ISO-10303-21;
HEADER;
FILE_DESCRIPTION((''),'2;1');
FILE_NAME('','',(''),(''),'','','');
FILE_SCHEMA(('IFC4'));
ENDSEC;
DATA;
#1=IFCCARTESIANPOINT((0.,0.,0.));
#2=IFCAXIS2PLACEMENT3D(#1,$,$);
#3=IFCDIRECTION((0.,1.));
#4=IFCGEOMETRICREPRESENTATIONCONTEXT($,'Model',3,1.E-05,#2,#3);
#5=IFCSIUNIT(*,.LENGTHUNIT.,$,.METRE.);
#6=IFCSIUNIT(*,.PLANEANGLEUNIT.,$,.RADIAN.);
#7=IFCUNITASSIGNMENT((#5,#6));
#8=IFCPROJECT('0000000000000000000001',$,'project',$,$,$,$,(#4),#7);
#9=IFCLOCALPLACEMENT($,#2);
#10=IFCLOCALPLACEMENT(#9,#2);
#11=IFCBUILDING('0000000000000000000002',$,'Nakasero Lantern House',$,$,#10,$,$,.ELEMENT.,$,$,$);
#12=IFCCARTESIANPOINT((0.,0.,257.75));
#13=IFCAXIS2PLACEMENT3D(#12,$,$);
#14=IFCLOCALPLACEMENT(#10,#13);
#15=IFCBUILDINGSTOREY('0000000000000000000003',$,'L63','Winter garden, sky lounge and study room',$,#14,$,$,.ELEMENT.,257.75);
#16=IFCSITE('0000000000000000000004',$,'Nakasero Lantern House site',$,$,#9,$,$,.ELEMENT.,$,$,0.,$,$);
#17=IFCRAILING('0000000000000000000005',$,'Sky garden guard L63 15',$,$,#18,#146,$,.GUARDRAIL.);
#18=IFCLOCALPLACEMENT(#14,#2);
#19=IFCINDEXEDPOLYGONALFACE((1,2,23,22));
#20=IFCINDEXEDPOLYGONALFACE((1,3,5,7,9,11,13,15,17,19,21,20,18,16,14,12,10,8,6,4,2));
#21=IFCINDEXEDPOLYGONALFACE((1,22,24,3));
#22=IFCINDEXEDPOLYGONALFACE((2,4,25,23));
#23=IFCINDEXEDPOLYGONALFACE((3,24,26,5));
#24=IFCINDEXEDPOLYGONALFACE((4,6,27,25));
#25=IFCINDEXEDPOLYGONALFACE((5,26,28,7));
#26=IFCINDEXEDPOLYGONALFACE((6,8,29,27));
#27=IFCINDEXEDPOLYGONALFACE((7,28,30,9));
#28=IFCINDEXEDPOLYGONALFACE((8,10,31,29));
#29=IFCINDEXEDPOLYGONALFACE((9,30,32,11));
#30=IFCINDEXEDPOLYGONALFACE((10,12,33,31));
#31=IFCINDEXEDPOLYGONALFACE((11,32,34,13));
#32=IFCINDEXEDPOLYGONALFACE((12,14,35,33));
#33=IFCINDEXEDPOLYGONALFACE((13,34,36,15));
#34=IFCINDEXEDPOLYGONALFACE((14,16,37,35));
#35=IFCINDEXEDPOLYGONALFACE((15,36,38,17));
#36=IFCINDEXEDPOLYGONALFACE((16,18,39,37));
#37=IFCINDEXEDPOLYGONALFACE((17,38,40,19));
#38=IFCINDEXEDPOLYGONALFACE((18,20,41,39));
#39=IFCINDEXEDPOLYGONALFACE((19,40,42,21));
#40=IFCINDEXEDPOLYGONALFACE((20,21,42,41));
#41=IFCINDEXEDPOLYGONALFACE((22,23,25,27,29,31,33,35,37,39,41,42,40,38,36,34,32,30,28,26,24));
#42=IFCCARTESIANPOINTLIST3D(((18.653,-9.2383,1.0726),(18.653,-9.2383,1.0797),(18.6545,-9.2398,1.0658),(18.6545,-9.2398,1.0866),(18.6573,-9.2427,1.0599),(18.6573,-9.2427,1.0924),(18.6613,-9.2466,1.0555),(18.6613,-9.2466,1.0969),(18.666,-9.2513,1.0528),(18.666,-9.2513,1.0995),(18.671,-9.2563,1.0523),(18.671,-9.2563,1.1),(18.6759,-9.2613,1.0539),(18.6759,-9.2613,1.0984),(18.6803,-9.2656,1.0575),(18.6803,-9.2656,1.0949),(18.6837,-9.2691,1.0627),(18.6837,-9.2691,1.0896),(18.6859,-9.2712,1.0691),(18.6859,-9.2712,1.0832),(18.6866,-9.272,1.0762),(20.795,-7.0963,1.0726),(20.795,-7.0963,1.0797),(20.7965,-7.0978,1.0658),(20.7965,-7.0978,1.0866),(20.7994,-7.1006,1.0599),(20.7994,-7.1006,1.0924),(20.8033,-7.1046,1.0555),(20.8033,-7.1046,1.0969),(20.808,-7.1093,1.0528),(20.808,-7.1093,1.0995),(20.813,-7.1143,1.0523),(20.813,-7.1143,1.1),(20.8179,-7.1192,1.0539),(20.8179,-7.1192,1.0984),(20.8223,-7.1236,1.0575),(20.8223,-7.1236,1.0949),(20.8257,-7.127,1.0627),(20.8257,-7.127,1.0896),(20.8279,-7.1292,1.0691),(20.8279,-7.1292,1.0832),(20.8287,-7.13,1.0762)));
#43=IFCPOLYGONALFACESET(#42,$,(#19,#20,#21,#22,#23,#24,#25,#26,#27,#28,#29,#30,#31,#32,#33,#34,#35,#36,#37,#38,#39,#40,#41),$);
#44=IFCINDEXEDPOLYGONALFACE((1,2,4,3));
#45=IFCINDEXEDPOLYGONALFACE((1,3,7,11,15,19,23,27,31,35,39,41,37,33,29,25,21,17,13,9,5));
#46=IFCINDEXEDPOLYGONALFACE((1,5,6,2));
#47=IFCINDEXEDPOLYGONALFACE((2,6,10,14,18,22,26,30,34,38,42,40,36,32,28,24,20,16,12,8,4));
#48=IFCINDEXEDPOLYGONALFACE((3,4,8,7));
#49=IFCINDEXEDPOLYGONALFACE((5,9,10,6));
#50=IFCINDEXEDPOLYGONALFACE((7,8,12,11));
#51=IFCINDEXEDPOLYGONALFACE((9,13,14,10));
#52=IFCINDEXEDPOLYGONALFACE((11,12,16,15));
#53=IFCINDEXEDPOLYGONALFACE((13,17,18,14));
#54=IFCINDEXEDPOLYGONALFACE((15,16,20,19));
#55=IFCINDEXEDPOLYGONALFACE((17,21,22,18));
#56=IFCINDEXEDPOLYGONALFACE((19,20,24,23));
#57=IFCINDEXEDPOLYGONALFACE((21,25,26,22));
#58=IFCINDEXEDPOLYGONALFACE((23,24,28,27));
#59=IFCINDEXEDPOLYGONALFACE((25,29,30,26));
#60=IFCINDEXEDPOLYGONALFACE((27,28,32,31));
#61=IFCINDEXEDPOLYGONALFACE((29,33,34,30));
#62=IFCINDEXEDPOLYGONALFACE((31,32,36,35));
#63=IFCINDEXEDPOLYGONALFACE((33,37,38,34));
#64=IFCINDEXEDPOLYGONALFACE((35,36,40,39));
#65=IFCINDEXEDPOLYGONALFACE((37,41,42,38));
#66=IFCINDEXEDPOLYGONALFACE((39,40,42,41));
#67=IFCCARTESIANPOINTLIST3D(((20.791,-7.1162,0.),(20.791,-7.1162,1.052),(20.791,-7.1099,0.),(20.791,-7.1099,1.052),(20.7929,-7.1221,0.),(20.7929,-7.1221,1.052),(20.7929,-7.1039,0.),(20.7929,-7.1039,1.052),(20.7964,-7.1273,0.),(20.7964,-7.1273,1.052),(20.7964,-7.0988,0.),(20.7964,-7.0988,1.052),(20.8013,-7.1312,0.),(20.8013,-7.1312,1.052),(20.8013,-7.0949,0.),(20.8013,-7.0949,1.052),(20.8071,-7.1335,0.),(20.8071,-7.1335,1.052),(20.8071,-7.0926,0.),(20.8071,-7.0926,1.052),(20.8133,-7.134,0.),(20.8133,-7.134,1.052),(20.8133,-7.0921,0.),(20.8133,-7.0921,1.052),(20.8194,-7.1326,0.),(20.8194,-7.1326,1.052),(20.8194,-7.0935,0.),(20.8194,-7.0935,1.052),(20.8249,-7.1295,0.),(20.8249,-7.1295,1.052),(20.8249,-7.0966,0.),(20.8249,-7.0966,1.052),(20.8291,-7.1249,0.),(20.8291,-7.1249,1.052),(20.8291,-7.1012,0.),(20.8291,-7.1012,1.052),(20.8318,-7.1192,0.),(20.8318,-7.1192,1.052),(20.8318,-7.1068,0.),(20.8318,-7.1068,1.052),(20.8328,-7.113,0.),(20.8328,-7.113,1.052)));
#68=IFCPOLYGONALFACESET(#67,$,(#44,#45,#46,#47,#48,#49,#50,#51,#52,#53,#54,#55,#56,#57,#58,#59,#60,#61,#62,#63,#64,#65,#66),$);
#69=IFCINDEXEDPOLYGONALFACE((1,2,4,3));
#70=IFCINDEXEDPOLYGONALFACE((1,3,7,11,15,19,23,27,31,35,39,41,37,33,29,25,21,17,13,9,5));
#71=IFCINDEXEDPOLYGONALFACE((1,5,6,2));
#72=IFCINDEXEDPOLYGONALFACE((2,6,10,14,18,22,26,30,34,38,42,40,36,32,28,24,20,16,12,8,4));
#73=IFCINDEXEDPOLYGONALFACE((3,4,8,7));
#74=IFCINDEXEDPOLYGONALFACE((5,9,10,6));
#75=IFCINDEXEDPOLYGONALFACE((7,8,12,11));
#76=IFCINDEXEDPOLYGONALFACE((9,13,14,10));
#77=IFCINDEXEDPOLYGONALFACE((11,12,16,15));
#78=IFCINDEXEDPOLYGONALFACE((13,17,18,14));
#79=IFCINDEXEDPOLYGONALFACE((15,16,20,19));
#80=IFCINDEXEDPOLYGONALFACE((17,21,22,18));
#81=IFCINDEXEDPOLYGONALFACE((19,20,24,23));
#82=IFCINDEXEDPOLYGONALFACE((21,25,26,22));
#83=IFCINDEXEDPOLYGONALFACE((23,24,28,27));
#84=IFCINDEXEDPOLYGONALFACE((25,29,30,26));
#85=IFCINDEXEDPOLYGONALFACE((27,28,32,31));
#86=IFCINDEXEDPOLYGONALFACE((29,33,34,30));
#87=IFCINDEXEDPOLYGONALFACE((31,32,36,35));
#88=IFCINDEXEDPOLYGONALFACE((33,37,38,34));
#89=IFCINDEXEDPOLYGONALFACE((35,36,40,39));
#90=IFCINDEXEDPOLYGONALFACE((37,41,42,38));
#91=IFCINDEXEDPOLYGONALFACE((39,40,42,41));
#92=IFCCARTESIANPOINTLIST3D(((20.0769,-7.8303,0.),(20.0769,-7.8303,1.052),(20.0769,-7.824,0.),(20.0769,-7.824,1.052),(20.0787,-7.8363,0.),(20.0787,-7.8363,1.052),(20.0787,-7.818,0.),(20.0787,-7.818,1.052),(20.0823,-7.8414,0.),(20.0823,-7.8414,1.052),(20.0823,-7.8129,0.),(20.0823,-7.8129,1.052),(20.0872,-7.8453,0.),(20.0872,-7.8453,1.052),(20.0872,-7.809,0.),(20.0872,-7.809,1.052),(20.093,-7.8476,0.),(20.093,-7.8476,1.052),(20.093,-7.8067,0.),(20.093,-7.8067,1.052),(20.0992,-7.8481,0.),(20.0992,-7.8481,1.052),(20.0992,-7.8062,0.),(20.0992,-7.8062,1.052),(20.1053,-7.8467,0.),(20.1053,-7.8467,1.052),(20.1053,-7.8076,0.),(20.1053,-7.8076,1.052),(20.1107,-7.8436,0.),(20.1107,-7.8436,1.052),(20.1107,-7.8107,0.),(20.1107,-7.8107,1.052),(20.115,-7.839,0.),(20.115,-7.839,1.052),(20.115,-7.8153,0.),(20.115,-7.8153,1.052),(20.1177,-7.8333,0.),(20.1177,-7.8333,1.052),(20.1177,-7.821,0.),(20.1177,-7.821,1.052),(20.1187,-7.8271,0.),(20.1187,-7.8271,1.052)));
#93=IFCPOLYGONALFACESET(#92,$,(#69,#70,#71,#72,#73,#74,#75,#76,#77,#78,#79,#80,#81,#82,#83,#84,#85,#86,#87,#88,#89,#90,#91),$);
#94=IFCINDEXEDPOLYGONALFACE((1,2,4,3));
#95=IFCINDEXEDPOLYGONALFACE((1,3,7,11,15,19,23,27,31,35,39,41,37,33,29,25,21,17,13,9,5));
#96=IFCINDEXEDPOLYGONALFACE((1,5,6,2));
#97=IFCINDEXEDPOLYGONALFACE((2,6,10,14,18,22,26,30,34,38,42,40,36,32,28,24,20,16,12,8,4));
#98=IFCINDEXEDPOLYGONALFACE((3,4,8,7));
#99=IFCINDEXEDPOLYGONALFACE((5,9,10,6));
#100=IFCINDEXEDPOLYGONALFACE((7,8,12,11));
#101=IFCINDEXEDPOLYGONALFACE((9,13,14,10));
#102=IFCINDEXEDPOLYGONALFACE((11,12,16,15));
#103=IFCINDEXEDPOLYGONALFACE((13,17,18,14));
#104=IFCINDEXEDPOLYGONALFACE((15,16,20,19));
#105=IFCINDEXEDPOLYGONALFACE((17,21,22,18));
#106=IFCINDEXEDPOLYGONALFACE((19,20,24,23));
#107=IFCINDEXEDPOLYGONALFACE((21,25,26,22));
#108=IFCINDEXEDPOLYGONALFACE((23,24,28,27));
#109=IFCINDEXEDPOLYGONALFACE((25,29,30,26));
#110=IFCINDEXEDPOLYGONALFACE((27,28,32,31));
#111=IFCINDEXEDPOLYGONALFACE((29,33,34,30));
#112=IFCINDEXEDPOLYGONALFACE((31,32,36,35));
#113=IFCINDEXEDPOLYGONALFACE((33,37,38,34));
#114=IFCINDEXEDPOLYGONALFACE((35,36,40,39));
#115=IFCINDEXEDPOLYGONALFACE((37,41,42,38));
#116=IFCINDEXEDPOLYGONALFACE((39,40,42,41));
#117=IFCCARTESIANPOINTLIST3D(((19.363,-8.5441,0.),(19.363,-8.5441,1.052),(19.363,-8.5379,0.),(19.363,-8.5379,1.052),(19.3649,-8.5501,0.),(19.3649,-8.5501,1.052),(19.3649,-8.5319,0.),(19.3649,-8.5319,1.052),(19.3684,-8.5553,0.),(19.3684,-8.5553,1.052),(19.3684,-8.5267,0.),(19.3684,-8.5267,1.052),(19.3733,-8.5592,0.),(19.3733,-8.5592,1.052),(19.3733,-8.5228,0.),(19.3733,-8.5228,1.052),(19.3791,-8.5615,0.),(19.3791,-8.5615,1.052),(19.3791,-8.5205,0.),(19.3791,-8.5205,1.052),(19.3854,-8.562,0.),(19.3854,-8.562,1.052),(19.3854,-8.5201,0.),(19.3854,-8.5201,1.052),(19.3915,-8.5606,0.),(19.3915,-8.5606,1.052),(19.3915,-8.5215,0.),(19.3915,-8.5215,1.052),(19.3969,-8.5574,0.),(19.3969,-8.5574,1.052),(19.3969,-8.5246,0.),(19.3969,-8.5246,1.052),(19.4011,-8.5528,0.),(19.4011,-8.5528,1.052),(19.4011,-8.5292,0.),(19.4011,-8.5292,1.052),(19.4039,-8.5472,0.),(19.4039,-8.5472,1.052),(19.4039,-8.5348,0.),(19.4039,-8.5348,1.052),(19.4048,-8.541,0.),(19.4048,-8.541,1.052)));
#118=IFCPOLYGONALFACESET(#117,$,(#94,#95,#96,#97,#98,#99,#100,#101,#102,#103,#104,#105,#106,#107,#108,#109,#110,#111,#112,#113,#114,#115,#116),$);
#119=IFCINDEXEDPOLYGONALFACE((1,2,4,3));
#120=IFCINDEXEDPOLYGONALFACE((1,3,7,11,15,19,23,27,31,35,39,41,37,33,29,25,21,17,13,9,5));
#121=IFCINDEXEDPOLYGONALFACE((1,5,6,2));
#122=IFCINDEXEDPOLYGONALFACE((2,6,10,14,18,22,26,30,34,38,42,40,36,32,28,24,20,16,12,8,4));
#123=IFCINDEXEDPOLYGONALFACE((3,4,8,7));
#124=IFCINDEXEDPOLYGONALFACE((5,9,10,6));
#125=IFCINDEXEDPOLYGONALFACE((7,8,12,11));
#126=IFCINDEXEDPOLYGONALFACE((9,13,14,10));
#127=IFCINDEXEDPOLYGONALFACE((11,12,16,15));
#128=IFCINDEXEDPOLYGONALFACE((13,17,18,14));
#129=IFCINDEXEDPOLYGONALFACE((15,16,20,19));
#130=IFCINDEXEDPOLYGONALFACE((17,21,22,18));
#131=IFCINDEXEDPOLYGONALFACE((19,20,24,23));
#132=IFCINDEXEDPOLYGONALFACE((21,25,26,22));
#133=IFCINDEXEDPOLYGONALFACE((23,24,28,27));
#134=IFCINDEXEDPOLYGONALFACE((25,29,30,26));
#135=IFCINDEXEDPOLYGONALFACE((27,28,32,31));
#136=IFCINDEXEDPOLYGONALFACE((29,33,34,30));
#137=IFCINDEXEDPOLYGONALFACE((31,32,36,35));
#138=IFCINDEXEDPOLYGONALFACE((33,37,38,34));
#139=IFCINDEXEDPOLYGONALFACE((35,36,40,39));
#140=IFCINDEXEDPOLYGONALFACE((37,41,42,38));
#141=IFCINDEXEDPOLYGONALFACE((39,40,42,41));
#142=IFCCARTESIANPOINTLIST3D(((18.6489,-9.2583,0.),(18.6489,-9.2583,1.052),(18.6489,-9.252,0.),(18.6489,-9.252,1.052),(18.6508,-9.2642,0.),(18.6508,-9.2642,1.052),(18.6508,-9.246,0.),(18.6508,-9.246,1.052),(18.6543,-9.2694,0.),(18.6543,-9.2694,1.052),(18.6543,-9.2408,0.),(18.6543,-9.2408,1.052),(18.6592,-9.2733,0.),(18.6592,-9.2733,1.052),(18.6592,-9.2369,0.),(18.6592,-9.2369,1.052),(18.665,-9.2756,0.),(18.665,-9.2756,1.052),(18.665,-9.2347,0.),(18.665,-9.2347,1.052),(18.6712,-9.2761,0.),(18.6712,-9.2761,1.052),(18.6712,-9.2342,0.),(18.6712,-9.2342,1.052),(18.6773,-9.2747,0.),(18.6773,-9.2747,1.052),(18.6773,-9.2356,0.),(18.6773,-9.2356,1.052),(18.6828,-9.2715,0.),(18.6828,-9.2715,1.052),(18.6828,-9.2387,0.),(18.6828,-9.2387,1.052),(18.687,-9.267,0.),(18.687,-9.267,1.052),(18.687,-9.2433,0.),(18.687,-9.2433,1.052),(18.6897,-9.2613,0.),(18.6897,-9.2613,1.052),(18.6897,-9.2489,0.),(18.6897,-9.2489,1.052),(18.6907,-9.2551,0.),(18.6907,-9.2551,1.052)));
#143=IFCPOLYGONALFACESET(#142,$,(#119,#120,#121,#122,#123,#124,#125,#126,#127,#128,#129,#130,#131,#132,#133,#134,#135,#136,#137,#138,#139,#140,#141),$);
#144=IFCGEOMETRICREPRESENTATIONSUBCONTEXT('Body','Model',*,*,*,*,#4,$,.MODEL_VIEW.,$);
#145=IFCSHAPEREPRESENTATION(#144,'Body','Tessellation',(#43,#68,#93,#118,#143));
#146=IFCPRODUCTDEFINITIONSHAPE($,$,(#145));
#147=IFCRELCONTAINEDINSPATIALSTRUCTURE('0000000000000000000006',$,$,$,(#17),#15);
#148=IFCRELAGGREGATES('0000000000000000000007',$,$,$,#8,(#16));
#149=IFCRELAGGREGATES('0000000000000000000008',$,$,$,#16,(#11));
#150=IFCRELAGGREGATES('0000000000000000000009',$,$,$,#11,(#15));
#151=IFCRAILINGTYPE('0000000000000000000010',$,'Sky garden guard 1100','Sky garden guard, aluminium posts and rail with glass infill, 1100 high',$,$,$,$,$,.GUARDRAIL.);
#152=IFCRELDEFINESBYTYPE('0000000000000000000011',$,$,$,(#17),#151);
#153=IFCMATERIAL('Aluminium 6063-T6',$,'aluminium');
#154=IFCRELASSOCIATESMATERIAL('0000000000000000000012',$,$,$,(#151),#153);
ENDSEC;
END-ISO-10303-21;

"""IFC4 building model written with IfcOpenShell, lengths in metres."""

from ifc_helpers import new_model, si_unit, direction, frame, origin, origin_2d, place, context, subcontext, project, spatial, circle, extrude, material, type_object, element, save


model = new_model("IFC4")

# Units and contexts
model_context = context("Model", 3, precision=1e-05, world=origin(), true_north=direction((0.0, 1.0)))
body_context = subcontext(model_context, "Body", "Model", "MODEL_VIEW")
ifc_project = project(units=[si_unit("LENGTHUNIT", "METRE"), si_unit("PLANEANGLEUNIT", "RADIAN")], contexts=[model_context])

# Site, building, storey
site_placement = place(None, origin())
site = spatial("IfcSite", under=ifc_project, at=site_placement, Name="Nakasero Lantern House site", CompositionType="ELEMENT", RefElevation=0.0)
building_placement = place(site_placement, origin())
building = spatial("IfcBuilding", under=site, at=building_placement, Name="Nakasero Lantern House", CompositionType="ELEMENT")
storey_placement = place(building_placement, frame((0.0, 0.0, 257.75)))
storey = spatial("IfcBuildingStorey", under=building, at=storey_placement, Name="L63", Description="Winter garden, sky lounge and study room", CompositionType="ELEMENT", Elevation=257.75)

# Railing
ifc_material_1 = material(Name="Aluminium 6063-T6", Category="aluminium")
railing_type = type_object("IfcRailingType", Name="Sky garden guard 1100", Description="Sky garden guard, aluminium posts and rail with glass infill, 1100 high", PredefinedType="GUARDRAIL", material=ifc_material_1)
railing_1_placement = place(storey_placement, frame((20.8118, -7.113, 0.0)))
element("IfcRailing", 1, at=railing_1_placement, inside=storey, type_object=railing_type, Name="Sky garden guard L63 15", PredefinedType="GUARDRAIL", context=body_context, shape_type="SweptSolid", body=[
    extrude(circle(Radius=0.0239, at=origin_2d()), frame((0.0, 0.0, 1.0762), z_axis=(-0.707107, -0.707107, 0.0), x_axis=(0.707107, -0.707107, 0.0)), (0.0, 0.0, 1.0), 3.0293),
    extrude(circle(Radius=0.021, at=origin_2d()), origin(), (0.0, 0.0, 1.0), 1.052),
    extrude(circle(Radius=0.021, at=origin_2d()), frame((-0.7141, -0.7141, 0.0)), (0.0, 0.0, 1.0), 1.052),
    extrude(circle(Radius=0.021, at=origin_2d()), frame((-1.428, -1.428, 0.0)), (0.0, 0.0, 1.0), 1.052),
    extrude(circle(Radius=0.021, at=origin_2d()), frame((-2.1421, -2.1421, 0.0)), (0.0, 0.0, 1.0), 1.052),
])

save(model, "model.ifc")
